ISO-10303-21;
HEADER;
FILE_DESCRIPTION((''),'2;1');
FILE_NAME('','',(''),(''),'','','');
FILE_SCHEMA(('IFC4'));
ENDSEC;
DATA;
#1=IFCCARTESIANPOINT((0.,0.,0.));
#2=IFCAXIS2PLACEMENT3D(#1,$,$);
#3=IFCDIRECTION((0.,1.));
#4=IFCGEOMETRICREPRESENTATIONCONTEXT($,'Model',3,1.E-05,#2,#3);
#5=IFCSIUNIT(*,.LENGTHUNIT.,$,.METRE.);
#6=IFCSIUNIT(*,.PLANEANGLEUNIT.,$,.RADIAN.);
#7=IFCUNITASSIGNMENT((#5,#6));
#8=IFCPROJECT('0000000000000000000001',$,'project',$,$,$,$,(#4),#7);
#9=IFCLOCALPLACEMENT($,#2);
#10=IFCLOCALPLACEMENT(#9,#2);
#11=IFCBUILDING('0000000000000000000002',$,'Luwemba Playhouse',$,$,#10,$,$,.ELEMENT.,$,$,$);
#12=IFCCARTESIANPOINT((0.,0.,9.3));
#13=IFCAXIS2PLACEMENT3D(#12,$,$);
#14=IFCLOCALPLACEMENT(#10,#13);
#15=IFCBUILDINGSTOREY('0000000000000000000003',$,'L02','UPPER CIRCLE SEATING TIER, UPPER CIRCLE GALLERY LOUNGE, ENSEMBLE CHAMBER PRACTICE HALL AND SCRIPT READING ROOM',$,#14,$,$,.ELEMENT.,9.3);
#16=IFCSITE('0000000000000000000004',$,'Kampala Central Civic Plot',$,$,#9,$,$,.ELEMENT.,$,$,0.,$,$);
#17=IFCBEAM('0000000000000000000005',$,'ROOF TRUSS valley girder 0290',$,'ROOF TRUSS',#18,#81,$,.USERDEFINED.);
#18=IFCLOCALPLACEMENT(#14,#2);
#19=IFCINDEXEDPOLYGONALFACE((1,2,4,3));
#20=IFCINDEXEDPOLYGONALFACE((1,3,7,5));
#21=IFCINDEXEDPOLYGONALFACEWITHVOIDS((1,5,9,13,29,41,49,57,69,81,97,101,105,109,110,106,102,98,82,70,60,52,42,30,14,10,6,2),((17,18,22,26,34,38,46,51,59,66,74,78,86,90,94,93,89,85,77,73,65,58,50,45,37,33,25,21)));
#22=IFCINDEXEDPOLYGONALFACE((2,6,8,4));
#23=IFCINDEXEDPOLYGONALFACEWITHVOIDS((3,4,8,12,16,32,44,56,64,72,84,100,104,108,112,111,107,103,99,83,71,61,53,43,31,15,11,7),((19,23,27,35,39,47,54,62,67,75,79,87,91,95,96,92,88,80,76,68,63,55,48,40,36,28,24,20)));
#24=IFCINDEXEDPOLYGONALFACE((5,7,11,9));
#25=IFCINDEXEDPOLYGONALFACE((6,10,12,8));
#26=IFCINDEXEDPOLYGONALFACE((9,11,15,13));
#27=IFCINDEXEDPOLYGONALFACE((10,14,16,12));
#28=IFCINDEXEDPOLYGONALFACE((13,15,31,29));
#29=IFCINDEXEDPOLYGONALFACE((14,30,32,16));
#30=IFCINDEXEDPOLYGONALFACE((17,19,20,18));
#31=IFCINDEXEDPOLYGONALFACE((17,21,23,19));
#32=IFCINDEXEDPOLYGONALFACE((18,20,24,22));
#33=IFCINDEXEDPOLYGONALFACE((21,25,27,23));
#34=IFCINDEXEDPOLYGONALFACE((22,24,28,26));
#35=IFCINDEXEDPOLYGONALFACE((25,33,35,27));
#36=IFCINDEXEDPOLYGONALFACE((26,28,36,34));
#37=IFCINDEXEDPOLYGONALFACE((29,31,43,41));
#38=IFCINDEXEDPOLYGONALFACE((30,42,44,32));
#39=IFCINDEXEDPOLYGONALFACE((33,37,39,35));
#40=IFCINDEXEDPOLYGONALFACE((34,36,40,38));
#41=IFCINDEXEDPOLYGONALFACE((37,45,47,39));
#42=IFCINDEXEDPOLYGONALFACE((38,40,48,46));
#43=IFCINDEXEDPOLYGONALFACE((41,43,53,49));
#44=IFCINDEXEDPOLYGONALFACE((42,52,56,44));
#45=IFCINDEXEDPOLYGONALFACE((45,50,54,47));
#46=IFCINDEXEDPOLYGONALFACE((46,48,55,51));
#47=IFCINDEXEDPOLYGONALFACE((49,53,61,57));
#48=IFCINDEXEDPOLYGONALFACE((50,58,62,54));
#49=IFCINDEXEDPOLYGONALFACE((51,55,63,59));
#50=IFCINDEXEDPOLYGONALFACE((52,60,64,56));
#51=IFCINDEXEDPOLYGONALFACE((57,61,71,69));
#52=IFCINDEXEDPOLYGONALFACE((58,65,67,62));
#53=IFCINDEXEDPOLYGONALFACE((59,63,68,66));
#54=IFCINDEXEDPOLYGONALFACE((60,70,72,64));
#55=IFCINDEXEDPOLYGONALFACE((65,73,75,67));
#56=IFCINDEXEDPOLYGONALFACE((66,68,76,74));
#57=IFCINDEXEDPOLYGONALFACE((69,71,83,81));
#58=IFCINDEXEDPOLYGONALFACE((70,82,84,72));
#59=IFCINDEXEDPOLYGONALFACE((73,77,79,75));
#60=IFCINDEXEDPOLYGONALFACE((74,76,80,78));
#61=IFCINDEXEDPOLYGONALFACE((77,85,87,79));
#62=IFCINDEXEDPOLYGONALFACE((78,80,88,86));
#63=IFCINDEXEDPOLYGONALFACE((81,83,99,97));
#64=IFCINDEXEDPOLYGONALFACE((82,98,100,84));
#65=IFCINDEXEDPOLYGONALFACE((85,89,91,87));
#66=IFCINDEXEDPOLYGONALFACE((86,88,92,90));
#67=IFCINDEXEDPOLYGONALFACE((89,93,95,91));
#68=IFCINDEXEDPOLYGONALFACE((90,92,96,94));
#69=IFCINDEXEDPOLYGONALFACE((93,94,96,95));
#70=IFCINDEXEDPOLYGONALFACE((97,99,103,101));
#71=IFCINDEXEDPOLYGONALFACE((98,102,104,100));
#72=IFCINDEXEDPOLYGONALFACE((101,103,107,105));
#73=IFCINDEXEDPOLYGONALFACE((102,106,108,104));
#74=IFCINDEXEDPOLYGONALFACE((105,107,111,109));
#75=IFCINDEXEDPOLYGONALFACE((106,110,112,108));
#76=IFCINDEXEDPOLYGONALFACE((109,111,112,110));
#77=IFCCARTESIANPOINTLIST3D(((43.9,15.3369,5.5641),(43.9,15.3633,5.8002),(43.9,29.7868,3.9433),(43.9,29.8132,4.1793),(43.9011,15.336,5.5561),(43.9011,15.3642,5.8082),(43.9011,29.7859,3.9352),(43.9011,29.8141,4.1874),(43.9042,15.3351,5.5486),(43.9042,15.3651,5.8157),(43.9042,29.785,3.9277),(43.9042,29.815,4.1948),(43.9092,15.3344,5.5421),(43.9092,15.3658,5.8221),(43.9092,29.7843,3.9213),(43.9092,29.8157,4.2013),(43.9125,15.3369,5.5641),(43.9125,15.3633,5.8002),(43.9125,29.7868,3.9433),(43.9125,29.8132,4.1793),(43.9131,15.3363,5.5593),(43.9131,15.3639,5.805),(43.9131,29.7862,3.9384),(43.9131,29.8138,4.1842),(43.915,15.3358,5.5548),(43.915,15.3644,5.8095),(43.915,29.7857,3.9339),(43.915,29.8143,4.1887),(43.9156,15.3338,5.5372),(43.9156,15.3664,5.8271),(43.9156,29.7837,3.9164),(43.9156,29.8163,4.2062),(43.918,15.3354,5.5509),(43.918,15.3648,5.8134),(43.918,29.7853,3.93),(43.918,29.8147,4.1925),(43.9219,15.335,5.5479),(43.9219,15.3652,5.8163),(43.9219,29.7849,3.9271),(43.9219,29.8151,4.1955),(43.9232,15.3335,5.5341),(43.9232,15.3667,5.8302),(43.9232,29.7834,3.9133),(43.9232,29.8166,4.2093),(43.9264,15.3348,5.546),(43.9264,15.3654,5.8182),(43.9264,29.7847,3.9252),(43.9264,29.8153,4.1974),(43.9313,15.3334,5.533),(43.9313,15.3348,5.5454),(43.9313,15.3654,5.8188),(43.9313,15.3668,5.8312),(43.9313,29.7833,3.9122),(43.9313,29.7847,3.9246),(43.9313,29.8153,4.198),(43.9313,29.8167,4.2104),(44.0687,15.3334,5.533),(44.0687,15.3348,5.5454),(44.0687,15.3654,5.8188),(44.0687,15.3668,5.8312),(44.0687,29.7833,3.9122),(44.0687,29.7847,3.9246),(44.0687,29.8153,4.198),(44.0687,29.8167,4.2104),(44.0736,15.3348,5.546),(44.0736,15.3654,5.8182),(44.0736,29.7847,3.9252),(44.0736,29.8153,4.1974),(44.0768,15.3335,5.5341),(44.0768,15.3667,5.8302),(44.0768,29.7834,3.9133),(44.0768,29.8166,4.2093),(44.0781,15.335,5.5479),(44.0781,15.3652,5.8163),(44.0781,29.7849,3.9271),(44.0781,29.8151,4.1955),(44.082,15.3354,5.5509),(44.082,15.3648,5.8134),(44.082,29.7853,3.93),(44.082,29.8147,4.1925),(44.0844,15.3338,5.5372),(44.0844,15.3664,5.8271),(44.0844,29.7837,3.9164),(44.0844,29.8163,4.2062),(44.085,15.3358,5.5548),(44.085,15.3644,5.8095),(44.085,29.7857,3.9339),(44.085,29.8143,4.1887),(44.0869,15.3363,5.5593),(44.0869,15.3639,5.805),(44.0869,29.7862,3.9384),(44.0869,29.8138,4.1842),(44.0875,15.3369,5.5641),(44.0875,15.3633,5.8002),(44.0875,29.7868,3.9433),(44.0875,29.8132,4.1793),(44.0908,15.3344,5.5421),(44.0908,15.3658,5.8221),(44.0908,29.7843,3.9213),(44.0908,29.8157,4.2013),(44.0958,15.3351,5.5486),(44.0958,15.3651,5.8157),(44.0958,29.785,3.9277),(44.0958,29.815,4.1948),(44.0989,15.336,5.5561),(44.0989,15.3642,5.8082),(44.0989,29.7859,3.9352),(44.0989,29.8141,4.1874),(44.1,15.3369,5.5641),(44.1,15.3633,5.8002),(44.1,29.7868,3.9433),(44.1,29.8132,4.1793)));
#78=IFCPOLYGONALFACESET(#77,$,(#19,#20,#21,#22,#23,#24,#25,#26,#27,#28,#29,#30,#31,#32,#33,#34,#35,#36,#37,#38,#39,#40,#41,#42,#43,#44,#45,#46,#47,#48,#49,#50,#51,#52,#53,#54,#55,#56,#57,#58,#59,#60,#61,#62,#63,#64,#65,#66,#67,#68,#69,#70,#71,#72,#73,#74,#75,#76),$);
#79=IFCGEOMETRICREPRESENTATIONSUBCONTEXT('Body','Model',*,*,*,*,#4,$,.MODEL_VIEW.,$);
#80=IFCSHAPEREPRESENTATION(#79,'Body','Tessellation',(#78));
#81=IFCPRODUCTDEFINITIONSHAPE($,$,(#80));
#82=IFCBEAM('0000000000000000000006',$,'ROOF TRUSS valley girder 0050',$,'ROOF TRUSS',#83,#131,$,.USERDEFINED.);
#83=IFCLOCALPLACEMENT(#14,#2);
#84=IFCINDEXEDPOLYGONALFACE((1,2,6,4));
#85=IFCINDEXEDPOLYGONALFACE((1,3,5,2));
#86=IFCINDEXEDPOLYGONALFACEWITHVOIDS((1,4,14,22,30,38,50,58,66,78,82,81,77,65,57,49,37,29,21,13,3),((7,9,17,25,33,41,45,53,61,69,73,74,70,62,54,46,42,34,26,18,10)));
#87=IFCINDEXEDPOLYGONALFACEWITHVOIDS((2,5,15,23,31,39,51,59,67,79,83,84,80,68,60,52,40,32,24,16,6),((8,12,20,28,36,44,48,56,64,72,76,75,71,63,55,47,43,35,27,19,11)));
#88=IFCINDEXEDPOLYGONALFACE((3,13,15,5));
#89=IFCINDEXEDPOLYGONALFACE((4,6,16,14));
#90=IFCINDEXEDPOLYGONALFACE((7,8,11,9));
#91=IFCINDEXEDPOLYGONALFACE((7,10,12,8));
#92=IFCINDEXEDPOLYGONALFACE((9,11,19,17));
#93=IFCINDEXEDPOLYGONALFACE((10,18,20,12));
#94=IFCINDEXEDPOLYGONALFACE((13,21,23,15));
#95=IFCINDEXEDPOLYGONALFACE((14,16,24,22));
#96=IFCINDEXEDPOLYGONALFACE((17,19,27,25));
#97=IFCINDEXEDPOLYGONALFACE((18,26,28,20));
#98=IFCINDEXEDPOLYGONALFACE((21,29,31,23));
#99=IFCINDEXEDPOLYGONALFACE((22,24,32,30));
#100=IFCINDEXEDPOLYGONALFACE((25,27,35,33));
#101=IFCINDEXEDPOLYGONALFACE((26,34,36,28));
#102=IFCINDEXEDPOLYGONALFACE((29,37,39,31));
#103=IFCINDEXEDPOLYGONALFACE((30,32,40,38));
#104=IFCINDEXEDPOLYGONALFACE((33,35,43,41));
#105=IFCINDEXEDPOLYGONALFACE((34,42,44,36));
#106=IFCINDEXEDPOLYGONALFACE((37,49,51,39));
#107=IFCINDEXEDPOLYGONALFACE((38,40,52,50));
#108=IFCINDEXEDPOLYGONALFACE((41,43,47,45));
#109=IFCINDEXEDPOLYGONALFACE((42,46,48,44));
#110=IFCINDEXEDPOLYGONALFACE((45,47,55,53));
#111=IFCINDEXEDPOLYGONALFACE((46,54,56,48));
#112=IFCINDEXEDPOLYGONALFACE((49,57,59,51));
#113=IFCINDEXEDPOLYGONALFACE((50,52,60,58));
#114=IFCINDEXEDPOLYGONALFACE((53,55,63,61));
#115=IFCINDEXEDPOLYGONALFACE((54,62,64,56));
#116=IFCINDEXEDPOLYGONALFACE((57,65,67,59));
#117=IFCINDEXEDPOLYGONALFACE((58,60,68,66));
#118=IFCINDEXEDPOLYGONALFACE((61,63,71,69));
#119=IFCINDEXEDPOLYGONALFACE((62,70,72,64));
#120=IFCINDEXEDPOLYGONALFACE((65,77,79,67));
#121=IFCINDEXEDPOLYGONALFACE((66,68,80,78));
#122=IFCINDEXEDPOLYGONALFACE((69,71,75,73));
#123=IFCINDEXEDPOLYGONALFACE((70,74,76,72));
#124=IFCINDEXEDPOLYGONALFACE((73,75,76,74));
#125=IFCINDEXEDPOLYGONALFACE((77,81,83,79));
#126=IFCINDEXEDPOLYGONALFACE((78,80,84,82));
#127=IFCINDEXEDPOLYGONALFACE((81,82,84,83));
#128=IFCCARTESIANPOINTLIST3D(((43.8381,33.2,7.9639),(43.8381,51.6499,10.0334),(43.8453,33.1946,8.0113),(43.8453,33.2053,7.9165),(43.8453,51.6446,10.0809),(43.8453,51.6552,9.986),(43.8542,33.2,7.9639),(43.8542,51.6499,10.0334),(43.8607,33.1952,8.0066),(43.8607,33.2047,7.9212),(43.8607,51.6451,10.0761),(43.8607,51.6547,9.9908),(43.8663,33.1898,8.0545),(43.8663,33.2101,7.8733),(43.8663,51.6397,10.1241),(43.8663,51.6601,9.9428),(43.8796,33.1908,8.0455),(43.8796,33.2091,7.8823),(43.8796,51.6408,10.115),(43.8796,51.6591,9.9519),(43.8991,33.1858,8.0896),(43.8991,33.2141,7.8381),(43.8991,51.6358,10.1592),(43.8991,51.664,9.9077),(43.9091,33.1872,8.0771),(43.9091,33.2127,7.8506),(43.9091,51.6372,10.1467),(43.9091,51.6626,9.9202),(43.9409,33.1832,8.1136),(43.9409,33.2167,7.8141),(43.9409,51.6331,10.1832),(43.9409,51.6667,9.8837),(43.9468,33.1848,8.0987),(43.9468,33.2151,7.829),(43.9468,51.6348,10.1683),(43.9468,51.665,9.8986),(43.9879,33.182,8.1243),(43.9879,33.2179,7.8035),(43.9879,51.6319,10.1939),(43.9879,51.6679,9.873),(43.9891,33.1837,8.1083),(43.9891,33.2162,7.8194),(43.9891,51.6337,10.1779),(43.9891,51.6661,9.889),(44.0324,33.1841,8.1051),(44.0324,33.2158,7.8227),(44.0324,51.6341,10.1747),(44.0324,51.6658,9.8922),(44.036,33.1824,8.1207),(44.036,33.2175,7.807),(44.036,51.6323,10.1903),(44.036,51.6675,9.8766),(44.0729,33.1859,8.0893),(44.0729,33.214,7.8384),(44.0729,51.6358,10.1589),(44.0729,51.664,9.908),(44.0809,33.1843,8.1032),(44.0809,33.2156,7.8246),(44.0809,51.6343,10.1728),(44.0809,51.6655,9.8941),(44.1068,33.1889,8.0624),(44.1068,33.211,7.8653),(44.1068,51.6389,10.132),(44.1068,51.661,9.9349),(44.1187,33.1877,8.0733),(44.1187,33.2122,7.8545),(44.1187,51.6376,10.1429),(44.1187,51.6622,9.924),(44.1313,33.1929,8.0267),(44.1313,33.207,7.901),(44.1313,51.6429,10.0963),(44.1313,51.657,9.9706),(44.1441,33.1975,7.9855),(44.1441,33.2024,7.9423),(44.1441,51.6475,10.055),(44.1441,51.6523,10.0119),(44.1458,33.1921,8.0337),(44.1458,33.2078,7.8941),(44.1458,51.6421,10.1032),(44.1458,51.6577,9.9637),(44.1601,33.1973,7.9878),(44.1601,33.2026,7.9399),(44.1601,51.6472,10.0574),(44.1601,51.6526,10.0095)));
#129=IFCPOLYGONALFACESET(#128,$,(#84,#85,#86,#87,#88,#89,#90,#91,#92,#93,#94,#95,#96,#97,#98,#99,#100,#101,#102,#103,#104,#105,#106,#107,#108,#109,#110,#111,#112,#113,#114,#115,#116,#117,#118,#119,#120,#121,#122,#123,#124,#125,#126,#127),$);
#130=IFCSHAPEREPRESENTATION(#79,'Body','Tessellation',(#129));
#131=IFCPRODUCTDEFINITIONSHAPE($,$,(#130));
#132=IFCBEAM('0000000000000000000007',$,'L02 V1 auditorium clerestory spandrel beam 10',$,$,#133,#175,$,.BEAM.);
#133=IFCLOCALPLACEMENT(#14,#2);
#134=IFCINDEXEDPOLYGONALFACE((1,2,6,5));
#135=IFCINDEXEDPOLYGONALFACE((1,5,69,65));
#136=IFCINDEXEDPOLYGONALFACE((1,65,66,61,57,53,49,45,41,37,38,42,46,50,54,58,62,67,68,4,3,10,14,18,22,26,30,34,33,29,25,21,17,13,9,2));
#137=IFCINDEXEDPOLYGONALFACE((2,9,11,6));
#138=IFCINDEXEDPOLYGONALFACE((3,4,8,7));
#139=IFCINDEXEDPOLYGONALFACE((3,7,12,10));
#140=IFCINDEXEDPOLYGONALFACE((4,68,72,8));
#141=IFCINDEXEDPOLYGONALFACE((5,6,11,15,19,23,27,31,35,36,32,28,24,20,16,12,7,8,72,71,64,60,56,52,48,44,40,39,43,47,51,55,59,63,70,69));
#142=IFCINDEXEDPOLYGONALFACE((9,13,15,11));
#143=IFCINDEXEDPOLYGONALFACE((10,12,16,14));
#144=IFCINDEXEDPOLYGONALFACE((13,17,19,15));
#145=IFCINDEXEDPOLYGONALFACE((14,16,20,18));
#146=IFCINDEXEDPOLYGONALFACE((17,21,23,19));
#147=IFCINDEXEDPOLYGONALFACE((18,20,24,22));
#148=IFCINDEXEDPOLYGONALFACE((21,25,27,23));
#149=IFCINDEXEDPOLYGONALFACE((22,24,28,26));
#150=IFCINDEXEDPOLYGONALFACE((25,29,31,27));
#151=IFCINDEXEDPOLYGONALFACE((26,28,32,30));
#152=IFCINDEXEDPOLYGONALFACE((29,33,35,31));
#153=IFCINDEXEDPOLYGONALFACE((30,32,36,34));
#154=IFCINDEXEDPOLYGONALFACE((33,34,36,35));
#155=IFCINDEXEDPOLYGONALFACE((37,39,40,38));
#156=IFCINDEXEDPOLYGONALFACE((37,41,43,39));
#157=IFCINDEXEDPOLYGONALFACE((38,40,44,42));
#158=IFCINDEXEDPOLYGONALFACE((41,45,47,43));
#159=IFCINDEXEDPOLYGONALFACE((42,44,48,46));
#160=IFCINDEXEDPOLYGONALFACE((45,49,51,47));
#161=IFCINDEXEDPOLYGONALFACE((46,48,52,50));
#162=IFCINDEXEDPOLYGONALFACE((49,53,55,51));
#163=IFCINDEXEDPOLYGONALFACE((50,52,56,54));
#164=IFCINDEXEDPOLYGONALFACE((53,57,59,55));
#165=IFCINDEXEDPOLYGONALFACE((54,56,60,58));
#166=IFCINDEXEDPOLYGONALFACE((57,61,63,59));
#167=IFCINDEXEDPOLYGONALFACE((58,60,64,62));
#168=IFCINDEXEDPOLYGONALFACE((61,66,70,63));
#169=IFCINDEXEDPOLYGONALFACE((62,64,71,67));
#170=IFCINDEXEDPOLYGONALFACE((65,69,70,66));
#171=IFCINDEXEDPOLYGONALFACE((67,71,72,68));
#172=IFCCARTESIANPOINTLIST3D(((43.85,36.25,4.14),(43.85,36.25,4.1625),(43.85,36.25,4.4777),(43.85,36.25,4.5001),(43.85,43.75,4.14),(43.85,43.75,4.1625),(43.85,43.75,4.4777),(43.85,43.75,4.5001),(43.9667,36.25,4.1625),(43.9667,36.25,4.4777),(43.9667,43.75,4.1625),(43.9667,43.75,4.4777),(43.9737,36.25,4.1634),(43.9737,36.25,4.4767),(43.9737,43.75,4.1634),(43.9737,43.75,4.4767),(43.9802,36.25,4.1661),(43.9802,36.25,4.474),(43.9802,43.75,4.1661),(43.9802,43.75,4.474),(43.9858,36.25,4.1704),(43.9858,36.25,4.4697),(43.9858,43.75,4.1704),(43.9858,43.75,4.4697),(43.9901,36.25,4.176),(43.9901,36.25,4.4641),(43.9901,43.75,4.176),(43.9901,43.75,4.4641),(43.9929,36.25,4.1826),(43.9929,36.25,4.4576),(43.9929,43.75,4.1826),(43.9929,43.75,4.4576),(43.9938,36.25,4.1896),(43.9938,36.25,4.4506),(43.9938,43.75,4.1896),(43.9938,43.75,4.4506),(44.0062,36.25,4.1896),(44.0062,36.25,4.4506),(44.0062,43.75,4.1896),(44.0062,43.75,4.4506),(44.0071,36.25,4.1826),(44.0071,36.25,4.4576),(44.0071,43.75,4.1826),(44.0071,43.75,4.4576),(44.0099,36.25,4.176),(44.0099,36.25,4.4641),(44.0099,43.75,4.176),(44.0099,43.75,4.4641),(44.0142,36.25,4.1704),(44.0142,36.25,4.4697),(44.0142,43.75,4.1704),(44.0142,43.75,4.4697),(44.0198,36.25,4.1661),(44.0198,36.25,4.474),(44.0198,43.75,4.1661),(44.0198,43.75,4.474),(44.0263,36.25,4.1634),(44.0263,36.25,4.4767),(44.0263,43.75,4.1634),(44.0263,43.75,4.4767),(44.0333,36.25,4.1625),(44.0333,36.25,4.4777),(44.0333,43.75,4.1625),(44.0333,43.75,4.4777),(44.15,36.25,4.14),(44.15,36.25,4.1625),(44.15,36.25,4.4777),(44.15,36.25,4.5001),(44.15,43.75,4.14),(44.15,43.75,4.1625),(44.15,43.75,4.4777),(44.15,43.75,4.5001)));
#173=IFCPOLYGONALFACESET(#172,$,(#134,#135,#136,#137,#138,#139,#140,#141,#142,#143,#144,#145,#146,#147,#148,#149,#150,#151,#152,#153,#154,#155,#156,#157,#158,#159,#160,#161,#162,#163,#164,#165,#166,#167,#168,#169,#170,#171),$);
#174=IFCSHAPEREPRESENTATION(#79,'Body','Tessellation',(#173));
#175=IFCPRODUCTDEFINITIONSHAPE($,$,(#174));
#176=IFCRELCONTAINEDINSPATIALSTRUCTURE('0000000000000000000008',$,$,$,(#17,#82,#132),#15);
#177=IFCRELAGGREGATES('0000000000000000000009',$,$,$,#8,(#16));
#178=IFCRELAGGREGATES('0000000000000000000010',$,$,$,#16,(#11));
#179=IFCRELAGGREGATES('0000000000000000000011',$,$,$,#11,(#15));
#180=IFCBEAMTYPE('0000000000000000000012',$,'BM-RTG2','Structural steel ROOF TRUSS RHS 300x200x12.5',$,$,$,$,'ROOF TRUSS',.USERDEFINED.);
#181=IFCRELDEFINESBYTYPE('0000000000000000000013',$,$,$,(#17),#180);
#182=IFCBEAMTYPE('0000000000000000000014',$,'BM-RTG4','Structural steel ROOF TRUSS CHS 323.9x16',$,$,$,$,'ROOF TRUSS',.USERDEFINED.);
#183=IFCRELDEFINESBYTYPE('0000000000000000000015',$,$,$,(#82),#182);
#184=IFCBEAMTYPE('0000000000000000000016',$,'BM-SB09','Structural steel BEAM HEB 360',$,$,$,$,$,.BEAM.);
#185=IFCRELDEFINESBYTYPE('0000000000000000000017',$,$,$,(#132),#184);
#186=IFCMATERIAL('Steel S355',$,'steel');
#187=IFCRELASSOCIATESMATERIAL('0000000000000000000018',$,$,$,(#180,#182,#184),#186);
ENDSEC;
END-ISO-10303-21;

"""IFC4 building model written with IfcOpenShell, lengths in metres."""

from ifc_helpers import new_model, si_unit, direction, frame, origin, origin_2d, place, context, subcontext, project, spatial, hollow_rectangle, hollow_circle, i_section, extrude, material, material_profile, profile_set, type_object, element, save


model = new_model("IFC4")

# Units and contexts
model_context = context("Model", 3, precision=1e-05, world=origin(), true_north=direction((0.0, 1.0)))
body_context = subcontext(model_context, "Body", "Model", "MODEL_VIEW")
ifc_project = project(units=[si_unit("LENGTHUNIT", "METRE"), si_unit("PLANEANGLEUNIT", "RADIAN")], contexts=[model_context])

# Site, building, storey
site_placement = place(None, origin())
site = spatial("IfcSite", under=ifc_project, at=site_placement, Name="Kampala Central Civic Plot", CompositionType="ELEMENT", RefElevation=0.0)
building_placement = place(site_placement, origin())
building = spatial("IfcBuilding", under=site, at=building_placement, Name="Luwemba Playhouse", CompositionType="ELEMENT")
storey_placement = place(building_placement, frame((0.0, 0.0, 9.3)))
storey = spatial("IfcBuildingStorey", under=building, at=storey_placement, Name="L02", Description="UPPER CIRCLE SEATING TIER, UPPER CIRCLE GALLERY LOUNGE, ENSEMBLE CHAMBER PRACTICE HALL AND SCRIPT READING ROOM", CompositionType="ELEMENT", Elevation=9.3)

# Shared definitions
ifc_material_1 = material(Name="Steel S355", Category="steel")

# Beams
ifc_material_profile_1 = material_profile(ifc_material_1, hollow_rectangle(XDim=0.2, YDim=0.3, WallThickness=0.0125, InnerFilletRadius=0.0188, OuterFilletRadius=0.0312, at=origin_2d()))
ifc_profile_set_1 = profile_set([ifc_material_profile_1], Name="Steel S355")
beam_type_1 = type_object("IfcBeamType", Name="BM-RTG2", Description="Structural steel ROOF TRUSS RHS 300x200x12.5", ElementType="ROOF TRUSS", PredefinedType="USERDEFINED", material=ifc_profile_set_1)
beam_1_placement = place(storey_placement, frame((44.0, 15.3501, 5.6821), z_axis=(0.0, 0.993768, -0.111471), x_axis=(-1.0, 0.0, 0.0)))
element("IfcBeam", 1, at=beam_1_placement, inside=storey, type_object=beam_type_1, Name="ROOF TRUSS valley girder 0290", ObjectType="ROOF TRUSS", PredefinedType="USERDEFINED", context=body_context, shape_type="SweptSolid", body=[
    extrude(hollow_rectangle(XDim=0.2, YDim=0.3, WallThickness=0.0125, InnerFilletRadius=0.0188, OuterFilletRadius=0.0312, at=origin_2d()), origin(), (0.0, 0.0, 1.0), 14.5405),
])
ifc_material_profile_2 = material_profile(ifc_material_1, hollow_circle(Radius=0.1619, WallThickness=0.0161, at=origin_2d()))
ifc_profile_set_2 = profile_set([ifc_material_profile_2], Name="Steel S355")
beam_type_2 = type_object("IfcBeamType", Name="BM-RTG4", Description="Structural steel ROOF TRUSS CHS 323.9x16", ElementType="ROOF TRUSS", PredefinedType="USERDEFINED", material=ifc_profile_set_2)
beam_2_placement = place(storey_placement, frame((44.0, 33.2, 7.9639), z_axis=(0.0, 0.993767, 0.111474), x_axis=(-1.0, 0.0, 0.0)))
element("IfcBeam", 2, at=beam_2_placement, inside=storey, type_object=beam_type_2, Name="ROOF TRUSS valley girder 0050", ObjectType="ROOF TRUSS", PredefinedType="USERDEFINED", context=body_context, shape_type="SweptSolid", body=[
    extrude(hollow_circle(Radius=0.1619, WallThickness=0.0161, at=origin_2d()), origin(), (0.0, 0.0, 1.0), 18.5657),
])
ifc_material_profile_3 = material_profile(ifc_material_1, i_section(OverallWidth=0.3, OverallDepth=0.3601, WebThickness=0.0125, FlangeThickness=0.0225, FilletRadius=0.0271, at=origin_2d()))
ifc_profile_set_3 = profile_set([ifc_material_profile_3], Name="Steel S355")
beam_type_3 = type_object("IfcBeamType", Name="BM-SB09", Description="Structural steel BEAM HEB 360", PredefinedType="BEAM", material=ifc_profile_set_3)
beam_3_placement = place(storey_placement, frame((44.0, 36.25, 4.3201), z_axis=(0.0, 1.0, 0.0), x_axis=(-1.0, 0.0, 0.0)))
element("IfcBeam", 3, at=beam_3_placement, inside=storey, type_object=beam_type_3, Name="L02 V1 auditorium clerestory spandrel beam 10", PredefinedType="BEAM", context=body_context, shape_type="SweptSolid", body=[
    extrude(i_section(OverallWidth=0.3, OverallDepth=0.3601, WebThickness=0.0125, FlangeThickness=0.0225, FilletRadius=0.0271, at=origin_2d()), origin(), (0.0, 0.0, 1.0), 7.5),
])

save(model, "model.ifc")
